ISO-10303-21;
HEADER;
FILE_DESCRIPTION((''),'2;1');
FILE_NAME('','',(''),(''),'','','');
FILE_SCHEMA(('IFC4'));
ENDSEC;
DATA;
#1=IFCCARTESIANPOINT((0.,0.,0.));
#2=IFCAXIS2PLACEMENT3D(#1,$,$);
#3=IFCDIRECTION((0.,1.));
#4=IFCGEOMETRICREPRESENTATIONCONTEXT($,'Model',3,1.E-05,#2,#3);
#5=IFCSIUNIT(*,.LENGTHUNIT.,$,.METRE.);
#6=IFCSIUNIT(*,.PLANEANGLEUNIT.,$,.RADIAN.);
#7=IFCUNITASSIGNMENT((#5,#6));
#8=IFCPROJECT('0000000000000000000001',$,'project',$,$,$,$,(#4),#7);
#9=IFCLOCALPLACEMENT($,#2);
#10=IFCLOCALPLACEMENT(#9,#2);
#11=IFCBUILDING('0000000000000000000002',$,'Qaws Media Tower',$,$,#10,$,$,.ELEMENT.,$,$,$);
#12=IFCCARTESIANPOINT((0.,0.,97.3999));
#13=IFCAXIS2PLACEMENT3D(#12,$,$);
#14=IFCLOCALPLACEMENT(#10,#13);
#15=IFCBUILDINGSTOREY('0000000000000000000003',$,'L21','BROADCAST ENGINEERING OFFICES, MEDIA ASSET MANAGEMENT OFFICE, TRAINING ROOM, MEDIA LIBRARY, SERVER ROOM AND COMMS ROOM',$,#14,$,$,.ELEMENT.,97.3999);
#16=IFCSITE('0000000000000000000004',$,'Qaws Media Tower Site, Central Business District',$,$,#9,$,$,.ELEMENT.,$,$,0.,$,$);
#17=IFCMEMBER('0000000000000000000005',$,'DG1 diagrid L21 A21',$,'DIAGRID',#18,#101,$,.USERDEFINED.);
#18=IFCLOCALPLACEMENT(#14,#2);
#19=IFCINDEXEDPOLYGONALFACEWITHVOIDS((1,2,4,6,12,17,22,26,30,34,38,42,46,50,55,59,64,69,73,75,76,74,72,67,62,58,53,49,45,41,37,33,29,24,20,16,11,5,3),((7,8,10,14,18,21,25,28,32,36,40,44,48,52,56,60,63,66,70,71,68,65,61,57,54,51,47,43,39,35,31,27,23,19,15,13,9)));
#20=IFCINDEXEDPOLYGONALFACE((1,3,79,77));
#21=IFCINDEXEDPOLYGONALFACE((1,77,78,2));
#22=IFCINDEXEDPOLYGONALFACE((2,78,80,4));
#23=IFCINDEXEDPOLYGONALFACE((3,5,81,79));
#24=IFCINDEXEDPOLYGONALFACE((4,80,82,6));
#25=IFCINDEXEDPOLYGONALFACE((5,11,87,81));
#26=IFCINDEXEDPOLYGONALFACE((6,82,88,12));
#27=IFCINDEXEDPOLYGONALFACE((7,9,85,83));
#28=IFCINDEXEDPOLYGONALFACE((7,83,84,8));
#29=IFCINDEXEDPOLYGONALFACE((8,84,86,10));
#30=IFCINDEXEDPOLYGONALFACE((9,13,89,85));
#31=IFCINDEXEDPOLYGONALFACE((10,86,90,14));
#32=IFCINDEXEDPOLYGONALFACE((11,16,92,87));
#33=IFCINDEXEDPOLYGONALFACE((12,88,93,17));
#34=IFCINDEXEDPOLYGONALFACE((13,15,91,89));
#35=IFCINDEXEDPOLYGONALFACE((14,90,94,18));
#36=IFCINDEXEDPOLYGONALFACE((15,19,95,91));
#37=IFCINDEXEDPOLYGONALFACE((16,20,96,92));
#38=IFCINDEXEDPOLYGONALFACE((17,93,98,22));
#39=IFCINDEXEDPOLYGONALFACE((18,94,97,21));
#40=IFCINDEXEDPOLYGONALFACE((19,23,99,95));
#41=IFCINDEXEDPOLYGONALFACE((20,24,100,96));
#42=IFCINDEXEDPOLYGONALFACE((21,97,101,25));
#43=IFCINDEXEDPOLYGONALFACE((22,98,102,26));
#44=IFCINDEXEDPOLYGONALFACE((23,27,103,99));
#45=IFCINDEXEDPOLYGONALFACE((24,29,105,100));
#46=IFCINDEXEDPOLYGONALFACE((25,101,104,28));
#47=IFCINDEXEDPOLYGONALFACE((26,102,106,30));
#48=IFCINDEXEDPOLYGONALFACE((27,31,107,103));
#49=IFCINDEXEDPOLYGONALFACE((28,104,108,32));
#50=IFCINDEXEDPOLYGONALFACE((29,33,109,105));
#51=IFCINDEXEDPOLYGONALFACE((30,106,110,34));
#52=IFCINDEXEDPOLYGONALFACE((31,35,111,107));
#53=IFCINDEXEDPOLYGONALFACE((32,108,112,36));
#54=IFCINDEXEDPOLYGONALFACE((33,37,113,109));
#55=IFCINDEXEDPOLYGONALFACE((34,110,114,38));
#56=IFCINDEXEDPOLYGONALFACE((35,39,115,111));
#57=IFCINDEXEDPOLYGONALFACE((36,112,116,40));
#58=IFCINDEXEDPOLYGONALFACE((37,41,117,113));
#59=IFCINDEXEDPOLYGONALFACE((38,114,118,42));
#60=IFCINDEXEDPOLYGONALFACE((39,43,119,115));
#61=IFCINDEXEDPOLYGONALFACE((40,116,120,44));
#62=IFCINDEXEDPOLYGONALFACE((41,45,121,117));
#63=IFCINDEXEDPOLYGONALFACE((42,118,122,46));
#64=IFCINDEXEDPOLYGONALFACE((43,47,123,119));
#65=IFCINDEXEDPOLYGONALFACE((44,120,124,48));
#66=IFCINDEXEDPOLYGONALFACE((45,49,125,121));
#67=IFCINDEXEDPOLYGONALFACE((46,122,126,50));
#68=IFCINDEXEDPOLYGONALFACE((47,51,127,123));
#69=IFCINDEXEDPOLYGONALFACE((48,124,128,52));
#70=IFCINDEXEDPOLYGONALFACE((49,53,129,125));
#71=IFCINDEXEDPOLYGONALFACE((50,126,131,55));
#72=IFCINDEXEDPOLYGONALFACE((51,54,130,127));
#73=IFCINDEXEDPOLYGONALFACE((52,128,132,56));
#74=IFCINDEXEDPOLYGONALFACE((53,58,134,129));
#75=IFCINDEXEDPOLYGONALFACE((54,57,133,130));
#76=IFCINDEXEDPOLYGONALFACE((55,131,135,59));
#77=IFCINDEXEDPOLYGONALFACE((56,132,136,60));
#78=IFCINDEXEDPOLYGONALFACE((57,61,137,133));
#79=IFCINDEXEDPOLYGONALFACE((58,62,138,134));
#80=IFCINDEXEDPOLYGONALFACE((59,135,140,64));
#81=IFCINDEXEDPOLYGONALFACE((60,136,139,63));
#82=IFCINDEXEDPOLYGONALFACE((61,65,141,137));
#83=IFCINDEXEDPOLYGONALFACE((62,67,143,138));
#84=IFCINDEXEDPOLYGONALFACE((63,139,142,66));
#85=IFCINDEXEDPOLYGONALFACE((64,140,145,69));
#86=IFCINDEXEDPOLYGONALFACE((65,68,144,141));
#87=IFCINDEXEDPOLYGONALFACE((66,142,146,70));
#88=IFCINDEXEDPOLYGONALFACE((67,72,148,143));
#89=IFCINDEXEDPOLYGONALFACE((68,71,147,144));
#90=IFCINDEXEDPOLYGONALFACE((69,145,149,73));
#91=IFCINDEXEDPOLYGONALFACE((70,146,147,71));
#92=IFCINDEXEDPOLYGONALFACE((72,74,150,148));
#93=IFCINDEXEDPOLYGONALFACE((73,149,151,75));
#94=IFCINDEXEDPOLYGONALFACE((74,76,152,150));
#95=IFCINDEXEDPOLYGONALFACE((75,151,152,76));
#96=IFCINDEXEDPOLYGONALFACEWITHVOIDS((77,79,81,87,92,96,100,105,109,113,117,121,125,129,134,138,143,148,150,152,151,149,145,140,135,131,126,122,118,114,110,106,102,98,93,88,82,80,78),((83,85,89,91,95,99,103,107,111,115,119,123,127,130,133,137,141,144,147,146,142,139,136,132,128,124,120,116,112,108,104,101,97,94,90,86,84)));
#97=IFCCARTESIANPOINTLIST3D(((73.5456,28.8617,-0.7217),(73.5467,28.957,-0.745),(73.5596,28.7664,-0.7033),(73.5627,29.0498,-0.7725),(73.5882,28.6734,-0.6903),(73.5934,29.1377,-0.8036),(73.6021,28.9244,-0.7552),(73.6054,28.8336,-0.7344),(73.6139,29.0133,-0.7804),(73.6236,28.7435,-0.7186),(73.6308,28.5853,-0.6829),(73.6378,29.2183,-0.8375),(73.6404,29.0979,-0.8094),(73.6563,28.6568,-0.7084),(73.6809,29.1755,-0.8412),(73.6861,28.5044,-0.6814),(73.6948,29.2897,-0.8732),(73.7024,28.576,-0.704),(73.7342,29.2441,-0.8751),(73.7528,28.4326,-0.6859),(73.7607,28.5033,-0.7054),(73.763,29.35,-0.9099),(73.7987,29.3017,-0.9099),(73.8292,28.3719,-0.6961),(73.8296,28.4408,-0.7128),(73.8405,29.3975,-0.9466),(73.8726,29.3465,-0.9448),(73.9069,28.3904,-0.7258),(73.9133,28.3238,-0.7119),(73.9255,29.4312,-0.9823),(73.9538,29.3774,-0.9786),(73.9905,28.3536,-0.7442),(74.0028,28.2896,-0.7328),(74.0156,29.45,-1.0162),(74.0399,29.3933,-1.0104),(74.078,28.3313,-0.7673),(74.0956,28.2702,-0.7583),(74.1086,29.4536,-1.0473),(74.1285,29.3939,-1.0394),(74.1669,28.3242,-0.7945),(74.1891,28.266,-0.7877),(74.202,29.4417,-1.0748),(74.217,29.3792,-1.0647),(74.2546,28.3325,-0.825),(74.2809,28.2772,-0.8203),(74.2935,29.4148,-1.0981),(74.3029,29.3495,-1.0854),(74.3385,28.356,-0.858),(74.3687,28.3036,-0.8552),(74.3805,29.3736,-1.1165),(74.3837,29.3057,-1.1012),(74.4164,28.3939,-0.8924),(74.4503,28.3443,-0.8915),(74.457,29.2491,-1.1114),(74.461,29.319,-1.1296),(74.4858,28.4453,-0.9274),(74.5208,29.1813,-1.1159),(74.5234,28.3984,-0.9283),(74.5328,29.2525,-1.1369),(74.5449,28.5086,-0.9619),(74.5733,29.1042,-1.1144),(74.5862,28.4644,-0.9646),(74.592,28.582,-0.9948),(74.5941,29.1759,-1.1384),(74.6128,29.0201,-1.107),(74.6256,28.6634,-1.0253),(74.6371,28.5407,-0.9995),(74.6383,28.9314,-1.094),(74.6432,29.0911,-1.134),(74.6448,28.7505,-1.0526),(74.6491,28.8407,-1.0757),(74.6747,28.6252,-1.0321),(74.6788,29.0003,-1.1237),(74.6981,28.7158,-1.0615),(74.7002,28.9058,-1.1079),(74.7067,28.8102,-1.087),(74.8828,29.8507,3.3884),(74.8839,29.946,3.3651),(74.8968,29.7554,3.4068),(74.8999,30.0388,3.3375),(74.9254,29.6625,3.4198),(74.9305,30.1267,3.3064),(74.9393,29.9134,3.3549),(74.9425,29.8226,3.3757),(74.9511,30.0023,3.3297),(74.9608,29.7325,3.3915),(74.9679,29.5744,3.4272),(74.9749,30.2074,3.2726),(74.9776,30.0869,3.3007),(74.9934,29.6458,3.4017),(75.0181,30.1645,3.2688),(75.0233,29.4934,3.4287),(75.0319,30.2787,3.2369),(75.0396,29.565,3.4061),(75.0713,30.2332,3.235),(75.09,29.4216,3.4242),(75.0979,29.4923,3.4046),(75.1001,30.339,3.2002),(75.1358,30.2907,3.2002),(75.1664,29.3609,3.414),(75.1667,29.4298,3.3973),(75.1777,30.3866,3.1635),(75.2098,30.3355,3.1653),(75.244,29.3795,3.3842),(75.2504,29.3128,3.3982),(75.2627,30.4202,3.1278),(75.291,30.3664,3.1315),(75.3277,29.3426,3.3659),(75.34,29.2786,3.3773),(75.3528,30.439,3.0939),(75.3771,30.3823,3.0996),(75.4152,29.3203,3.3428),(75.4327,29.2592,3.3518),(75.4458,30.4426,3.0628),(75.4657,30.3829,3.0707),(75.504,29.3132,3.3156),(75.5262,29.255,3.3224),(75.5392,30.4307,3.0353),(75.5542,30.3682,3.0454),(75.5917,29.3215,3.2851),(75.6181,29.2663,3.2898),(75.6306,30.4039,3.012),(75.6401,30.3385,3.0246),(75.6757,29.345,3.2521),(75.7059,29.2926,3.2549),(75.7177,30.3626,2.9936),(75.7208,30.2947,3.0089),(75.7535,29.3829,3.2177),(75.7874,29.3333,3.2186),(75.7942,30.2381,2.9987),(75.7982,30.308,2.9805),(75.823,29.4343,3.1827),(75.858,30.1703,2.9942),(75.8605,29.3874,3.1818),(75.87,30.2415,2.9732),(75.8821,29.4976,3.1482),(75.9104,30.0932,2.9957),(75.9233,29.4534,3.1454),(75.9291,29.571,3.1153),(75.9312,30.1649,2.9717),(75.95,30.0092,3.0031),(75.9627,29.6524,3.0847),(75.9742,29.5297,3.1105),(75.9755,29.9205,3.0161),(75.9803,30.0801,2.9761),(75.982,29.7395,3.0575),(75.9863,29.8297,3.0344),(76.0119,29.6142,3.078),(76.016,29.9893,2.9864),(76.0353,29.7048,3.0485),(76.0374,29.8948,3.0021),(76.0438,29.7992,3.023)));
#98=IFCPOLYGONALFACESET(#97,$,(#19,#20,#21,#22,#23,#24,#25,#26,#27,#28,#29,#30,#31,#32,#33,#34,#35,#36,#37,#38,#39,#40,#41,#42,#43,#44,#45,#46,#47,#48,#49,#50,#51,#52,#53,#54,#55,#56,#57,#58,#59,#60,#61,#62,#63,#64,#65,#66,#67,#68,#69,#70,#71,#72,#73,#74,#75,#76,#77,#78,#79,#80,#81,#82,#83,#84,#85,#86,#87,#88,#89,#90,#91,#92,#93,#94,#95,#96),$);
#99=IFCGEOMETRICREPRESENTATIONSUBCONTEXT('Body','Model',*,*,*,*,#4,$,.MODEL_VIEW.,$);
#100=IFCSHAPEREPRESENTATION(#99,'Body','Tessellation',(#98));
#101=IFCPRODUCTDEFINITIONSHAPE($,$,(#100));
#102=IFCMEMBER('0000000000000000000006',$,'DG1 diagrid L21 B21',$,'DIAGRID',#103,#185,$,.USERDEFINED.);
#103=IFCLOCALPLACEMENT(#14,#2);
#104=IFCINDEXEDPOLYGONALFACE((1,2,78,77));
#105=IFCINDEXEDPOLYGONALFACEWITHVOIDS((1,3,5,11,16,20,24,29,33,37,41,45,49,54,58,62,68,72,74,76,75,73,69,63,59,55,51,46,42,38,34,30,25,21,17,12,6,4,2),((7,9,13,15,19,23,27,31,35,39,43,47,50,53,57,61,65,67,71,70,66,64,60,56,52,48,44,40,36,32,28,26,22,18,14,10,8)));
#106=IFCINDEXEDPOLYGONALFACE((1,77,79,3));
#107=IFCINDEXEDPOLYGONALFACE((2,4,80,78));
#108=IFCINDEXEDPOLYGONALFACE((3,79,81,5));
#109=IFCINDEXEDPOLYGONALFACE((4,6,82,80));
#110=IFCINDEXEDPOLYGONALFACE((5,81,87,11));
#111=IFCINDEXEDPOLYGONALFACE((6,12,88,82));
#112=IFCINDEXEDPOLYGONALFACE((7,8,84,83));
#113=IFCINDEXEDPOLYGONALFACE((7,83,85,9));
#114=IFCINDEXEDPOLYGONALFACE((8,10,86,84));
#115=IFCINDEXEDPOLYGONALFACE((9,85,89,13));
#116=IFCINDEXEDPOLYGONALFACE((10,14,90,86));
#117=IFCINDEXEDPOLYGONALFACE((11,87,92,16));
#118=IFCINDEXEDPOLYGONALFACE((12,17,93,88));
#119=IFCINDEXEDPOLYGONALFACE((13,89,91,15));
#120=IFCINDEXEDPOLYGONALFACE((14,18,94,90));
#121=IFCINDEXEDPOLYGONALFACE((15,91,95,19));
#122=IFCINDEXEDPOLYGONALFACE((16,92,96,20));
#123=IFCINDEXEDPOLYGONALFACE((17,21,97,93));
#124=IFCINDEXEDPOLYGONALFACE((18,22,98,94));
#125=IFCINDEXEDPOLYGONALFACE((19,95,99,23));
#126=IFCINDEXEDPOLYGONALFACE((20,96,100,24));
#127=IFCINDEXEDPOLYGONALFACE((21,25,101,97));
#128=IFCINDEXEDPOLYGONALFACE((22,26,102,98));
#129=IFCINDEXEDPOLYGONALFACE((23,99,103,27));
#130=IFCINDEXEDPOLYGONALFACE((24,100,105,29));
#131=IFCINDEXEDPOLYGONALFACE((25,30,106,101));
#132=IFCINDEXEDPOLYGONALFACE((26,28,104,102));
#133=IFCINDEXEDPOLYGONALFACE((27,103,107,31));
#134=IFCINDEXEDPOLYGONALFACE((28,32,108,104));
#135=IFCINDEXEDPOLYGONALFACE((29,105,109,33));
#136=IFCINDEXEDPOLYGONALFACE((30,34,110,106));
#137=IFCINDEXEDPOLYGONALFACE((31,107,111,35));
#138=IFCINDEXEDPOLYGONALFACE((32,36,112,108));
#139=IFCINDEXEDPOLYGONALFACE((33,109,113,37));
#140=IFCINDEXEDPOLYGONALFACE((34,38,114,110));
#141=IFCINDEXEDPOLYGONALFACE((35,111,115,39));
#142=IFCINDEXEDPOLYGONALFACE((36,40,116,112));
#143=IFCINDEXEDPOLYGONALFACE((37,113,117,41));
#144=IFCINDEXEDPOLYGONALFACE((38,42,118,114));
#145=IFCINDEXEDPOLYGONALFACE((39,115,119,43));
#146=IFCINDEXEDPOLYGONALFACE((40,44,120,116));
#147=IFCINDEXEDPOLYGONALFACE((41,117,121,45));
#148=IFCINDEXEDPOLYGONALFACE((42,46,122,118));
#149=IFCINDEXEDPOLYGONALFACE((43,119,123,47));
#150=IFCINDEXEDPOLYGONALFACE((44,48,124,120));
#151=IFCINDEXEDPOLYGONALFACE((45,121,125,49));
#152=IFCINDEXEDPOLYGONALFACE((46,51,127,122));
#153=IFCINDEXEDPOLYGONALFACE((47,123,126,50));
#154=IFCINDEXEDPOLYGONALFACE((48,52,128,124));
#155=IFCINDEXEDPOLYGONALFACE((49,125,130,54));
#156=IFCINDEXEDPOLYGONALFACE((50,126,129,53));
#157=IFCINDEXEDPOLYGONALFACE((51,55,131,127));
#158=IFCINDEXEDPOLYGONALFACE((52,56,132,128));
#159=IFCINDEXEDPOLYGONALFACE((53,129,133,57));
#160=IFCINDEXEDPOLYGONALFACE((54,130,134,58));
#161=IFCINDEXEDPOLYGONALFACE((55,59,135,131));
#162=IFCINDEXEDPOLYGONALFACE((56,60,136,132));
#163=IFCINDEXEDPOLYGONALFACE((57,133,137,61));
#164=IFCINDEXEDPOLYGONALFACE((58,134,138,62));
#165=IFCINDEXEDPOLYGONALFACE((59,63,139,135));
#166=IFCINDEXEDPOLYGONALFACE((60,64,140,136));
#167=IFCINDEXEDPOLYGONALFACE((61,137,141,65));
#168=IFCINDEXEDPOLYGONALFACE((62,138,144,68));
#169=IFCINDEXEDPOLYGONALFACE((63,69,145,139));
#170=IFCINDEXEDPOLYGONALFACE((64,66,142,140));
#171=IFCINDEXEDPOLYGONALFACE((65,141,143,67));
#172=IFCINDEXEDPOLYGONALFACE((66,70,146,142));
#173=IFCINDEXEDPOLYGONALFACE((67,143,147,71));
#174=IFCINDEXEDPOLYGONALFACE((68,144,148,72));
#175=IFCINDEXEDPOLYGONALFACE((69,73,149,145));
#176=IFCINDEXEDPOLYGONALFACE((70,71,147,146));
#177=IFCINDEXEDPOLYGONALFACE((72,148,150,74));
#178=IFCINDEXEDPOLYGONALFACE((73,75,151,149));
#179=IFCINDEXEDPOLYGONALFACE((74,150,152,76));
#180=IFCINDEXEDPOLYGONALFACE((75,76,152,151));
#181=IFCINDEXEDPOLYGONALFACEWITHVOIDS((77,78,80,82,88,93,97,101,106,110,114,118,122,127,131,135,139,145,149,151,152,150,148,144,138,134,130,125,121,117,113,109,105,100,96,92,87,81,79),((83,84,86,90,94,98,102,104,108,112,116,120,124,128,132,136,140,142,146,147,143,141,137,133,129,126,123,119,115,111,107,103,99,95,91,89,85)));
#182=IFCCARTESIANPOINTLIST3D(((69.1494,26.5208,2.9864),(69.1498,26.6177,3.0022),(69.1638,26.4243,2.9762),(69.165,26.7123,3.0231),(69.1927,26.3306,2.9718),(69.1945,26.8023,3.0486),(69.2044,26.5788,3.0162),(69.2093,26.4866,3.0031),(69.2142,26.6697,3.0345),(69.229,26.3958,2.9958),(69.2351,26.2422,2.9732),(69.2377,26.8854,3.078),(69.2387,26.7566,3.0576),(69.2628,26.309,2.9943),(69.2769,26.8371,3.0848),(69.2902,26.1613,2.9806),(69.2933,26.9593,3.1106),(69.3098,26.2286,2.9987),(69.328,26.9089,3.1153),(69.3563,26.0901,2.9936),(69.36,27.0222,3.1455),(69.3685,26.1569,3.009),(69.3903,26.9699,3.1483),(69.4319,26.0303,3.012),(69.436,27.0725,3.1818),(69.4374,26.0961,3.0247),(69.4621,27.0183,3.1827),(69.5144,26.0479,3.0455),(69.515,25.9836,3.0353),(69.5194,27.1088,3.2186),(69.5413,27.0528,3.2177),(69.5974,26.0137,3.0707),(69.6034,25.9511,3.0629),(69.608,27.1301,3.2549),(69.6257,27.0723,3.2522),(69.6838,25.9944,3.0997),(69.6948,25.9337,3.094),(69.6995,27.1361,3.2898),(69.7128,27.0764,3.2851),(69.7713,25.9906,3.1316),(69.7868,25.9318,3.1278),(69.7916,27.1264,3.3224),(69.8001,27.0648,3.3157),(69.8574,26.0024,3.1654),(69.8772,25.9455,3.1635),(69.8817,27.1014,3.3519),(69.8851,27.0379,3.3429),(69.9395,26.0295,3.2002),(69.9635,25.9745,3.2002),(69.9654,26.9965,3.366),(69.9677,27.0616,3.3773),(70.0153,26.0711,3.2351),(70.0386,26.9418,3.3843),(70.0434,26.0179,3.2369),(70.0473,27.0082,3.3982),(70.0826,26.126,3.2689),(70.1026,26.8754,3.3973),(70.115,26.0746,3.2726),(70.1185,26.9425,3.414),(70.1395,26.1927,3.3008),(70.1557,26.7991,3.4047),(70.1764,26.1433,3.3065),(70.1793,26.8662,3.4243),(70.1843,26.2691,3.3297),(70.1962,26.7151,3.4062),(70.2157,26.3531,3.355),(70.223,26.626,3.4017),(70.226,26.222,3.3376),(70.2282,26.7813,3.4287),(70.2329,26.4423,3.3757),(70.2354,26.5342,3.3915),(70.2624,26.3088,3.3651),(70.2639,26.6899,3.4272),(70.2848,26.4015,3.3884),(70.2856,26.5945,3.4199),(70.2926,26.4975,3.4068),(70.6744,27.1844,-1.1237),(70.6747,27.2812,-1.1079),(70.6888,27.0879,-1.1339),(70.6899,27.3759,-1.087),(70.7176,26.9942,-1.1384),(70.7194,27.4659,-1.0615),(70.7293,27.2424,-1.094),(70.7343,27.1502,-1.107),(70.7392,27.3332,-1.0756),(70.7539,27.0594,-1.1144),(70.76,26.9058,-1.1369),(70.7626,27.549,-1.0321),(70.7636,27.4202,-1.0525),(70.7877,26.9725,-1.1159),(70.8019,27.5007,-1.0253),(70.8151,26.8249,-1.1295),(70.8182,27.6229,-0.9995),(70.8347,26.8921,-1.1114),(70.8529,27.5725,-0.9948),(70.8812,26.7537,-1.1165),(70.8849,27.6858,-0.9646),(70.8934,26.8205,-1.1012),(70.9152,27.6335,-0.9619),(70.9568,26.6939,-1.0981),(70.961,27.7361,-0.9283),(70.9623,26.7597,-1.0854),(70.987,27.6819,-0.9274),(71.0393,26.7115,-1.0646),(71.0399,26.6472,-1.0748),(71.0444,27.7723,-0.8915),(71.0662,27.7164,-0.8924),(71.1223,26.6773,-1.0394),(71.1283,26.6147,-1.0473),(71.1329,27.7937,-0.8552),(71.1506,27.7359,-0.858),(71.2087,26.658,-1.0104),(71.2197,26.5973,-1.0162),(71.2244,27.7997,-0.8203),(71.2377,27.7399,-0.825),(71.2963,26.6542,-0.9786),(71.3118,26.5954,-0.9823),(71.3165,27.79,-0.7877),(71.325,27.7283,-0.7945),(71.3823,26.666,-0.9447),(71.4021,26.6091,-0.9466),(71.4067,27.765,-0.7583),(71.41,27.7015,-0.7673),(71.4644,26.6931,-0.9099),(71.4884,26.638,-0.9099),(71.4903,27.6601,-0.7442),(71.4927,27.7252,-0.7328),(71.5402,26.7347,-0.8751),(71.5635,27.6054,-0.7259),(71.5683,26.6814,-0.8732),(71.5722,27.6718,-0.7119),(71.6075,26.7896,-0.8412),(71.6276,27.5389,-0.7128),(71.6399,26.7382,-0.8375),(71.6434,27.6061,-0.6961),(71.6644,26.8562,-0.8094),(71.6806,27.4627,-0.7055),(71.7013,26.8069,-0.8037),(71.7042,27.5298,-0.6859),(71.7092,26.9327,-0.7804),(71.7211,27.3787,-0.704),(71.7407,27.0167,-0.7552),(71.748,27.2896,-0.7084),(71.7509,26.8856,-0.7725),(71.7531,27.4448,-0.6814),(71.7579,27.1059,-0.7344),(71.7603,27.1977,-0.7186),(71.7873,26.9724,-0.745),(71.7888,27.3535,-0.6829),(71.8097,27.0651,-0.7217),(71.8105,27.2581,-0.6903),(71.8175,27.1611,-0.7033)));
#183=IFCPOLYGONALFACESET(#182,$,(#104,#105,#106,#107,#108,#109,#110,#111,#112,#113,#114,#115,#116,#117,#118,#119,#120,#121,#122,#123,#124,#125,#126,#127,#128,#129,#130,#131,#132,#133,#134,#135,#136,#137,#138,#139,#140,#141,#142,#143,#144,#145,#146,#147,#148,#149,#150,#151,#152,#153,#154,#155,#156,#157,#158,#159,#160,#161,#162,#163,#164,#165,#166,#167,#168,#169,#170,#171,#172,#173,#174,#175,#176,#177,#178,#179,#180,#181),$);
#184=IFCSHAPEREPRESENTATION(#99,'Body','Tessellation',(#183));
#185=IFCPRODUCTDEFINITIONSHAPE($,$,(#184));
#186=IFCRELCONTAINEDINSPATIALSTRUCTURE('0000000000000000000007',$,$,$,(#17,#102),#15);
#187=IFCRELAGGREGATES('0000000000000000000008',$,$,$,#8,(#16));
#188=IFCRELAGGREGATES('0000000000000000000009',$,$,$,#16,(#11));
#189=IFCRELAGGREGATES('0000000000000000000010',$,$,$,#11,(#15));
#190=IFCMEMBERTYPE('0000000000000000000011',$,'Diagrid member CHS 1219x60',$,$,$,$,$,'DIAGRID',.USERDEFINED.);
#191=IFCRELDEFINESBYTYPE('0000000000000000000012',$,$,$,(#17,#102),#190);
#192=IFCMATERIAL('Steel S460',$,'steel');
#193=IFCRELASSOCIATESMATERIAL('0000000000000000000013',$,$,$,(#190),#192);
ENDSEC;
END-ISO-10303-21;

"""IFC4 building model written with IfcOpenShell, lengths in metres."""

from ifc_helpers import new_model, si_unit, direction, frame, origin, origin_2d, place, context, subcontext, project, spatial, hollow_circle, extrude, material, material_profile, profile_set, type_object, element, save


model = new_model("IFC4")

# Units and contexts
model_context = context("Model", 3, precision=1e-05, world=origin(), true_north=direction((0.0, 1.0)))
body_context = subcontext(model_context, "Body", "Model", "MODEL_VIEW")
ifc_project = project(units=[si_unit("LENGTHUNIT", "METRE"), si_unit("PLANEANGLEUNIT", "RADIAN")], contexts=[model_context])

# Site, building, storey
site_placement = place(None, origin())
site = spatial("IfcSite", under=ifc_project, at=site_placement, Name="Qaws Media Tower Site, Central Business District", CompositionType="ELEMENT", RefElevation=0.0)
building_placement = place(site_placement, origin())
building = spatial("IfcBuilding", under=site, at=building_placement, Name="Qaws Media Tower", CompositionType="ELEMENT")
storey_placement = place(building_placement, frame((0.0, 0.0, 97.3999)))
storey = spatial("IfcBuildingStorey", under=building, at=storey_placement, Name="L21", Description="BROADCAST ENGINEERING OFFICES, MEDIA ASSET MANAGEMENT OFFICE, TRAINING ROOM, MEDIA LIBRARY, SERVER ROOM AND COMMS ROOM", CompositionType="ELEMENT", Elevation=97.3999)

# Members
ifc_material_1 = material(Name="Steel S460", Category="steel")
ifc_material_profile_1 = material_profile(ifc_material_1, hollow_circle(Radius=0.6096, WallThickness=0.0601, at=origin_2d()), Name="CHS 1219x60")
ifc_profile_set_1 = profile_set([ifc_material_profile_1], Name="Steel S460")
member_type_1 = type_object("IfcMemberType", Name="Diagrid member CHS 1219x60", ElementType="DIAGRID", PredefinedType="USERDEFINED", material=ifc_profile_set_1)
for number, where, z_axis, x_axis, name in (
    (1, (74.1255, 28.8599, -0.9099), (0.301579, 0.223059, 0.926982), (-0.594655, 0.803981, 0.0), "DG1 diagrid L21 A21"),
    (2, (71.2451, 27.197, -0.9099), (-0.343926, -0.149662, 0.926993), (0.399016, -0.916944, 0.0), "DG1 diagrid L21 B21"),
):
    element("IfcMember", number, at=place(storey_placement, frame(where, z_axis=z_axis, x_axis=x_axis)), inside=storey, type_object=member_type_1, Name=name, ObjectType="DIAGRID", PredefinedType="USERDEFINED", context=body_context, shape_type="SweptSolid", body=[
        extrude(hollow_circle(Radius=0.6096, WallThickness=0.0601, at=origin_2d()), origin(), (0.0, 0.0, 1.0), 4.4338),
    ])

save(model, "model.ifc")
